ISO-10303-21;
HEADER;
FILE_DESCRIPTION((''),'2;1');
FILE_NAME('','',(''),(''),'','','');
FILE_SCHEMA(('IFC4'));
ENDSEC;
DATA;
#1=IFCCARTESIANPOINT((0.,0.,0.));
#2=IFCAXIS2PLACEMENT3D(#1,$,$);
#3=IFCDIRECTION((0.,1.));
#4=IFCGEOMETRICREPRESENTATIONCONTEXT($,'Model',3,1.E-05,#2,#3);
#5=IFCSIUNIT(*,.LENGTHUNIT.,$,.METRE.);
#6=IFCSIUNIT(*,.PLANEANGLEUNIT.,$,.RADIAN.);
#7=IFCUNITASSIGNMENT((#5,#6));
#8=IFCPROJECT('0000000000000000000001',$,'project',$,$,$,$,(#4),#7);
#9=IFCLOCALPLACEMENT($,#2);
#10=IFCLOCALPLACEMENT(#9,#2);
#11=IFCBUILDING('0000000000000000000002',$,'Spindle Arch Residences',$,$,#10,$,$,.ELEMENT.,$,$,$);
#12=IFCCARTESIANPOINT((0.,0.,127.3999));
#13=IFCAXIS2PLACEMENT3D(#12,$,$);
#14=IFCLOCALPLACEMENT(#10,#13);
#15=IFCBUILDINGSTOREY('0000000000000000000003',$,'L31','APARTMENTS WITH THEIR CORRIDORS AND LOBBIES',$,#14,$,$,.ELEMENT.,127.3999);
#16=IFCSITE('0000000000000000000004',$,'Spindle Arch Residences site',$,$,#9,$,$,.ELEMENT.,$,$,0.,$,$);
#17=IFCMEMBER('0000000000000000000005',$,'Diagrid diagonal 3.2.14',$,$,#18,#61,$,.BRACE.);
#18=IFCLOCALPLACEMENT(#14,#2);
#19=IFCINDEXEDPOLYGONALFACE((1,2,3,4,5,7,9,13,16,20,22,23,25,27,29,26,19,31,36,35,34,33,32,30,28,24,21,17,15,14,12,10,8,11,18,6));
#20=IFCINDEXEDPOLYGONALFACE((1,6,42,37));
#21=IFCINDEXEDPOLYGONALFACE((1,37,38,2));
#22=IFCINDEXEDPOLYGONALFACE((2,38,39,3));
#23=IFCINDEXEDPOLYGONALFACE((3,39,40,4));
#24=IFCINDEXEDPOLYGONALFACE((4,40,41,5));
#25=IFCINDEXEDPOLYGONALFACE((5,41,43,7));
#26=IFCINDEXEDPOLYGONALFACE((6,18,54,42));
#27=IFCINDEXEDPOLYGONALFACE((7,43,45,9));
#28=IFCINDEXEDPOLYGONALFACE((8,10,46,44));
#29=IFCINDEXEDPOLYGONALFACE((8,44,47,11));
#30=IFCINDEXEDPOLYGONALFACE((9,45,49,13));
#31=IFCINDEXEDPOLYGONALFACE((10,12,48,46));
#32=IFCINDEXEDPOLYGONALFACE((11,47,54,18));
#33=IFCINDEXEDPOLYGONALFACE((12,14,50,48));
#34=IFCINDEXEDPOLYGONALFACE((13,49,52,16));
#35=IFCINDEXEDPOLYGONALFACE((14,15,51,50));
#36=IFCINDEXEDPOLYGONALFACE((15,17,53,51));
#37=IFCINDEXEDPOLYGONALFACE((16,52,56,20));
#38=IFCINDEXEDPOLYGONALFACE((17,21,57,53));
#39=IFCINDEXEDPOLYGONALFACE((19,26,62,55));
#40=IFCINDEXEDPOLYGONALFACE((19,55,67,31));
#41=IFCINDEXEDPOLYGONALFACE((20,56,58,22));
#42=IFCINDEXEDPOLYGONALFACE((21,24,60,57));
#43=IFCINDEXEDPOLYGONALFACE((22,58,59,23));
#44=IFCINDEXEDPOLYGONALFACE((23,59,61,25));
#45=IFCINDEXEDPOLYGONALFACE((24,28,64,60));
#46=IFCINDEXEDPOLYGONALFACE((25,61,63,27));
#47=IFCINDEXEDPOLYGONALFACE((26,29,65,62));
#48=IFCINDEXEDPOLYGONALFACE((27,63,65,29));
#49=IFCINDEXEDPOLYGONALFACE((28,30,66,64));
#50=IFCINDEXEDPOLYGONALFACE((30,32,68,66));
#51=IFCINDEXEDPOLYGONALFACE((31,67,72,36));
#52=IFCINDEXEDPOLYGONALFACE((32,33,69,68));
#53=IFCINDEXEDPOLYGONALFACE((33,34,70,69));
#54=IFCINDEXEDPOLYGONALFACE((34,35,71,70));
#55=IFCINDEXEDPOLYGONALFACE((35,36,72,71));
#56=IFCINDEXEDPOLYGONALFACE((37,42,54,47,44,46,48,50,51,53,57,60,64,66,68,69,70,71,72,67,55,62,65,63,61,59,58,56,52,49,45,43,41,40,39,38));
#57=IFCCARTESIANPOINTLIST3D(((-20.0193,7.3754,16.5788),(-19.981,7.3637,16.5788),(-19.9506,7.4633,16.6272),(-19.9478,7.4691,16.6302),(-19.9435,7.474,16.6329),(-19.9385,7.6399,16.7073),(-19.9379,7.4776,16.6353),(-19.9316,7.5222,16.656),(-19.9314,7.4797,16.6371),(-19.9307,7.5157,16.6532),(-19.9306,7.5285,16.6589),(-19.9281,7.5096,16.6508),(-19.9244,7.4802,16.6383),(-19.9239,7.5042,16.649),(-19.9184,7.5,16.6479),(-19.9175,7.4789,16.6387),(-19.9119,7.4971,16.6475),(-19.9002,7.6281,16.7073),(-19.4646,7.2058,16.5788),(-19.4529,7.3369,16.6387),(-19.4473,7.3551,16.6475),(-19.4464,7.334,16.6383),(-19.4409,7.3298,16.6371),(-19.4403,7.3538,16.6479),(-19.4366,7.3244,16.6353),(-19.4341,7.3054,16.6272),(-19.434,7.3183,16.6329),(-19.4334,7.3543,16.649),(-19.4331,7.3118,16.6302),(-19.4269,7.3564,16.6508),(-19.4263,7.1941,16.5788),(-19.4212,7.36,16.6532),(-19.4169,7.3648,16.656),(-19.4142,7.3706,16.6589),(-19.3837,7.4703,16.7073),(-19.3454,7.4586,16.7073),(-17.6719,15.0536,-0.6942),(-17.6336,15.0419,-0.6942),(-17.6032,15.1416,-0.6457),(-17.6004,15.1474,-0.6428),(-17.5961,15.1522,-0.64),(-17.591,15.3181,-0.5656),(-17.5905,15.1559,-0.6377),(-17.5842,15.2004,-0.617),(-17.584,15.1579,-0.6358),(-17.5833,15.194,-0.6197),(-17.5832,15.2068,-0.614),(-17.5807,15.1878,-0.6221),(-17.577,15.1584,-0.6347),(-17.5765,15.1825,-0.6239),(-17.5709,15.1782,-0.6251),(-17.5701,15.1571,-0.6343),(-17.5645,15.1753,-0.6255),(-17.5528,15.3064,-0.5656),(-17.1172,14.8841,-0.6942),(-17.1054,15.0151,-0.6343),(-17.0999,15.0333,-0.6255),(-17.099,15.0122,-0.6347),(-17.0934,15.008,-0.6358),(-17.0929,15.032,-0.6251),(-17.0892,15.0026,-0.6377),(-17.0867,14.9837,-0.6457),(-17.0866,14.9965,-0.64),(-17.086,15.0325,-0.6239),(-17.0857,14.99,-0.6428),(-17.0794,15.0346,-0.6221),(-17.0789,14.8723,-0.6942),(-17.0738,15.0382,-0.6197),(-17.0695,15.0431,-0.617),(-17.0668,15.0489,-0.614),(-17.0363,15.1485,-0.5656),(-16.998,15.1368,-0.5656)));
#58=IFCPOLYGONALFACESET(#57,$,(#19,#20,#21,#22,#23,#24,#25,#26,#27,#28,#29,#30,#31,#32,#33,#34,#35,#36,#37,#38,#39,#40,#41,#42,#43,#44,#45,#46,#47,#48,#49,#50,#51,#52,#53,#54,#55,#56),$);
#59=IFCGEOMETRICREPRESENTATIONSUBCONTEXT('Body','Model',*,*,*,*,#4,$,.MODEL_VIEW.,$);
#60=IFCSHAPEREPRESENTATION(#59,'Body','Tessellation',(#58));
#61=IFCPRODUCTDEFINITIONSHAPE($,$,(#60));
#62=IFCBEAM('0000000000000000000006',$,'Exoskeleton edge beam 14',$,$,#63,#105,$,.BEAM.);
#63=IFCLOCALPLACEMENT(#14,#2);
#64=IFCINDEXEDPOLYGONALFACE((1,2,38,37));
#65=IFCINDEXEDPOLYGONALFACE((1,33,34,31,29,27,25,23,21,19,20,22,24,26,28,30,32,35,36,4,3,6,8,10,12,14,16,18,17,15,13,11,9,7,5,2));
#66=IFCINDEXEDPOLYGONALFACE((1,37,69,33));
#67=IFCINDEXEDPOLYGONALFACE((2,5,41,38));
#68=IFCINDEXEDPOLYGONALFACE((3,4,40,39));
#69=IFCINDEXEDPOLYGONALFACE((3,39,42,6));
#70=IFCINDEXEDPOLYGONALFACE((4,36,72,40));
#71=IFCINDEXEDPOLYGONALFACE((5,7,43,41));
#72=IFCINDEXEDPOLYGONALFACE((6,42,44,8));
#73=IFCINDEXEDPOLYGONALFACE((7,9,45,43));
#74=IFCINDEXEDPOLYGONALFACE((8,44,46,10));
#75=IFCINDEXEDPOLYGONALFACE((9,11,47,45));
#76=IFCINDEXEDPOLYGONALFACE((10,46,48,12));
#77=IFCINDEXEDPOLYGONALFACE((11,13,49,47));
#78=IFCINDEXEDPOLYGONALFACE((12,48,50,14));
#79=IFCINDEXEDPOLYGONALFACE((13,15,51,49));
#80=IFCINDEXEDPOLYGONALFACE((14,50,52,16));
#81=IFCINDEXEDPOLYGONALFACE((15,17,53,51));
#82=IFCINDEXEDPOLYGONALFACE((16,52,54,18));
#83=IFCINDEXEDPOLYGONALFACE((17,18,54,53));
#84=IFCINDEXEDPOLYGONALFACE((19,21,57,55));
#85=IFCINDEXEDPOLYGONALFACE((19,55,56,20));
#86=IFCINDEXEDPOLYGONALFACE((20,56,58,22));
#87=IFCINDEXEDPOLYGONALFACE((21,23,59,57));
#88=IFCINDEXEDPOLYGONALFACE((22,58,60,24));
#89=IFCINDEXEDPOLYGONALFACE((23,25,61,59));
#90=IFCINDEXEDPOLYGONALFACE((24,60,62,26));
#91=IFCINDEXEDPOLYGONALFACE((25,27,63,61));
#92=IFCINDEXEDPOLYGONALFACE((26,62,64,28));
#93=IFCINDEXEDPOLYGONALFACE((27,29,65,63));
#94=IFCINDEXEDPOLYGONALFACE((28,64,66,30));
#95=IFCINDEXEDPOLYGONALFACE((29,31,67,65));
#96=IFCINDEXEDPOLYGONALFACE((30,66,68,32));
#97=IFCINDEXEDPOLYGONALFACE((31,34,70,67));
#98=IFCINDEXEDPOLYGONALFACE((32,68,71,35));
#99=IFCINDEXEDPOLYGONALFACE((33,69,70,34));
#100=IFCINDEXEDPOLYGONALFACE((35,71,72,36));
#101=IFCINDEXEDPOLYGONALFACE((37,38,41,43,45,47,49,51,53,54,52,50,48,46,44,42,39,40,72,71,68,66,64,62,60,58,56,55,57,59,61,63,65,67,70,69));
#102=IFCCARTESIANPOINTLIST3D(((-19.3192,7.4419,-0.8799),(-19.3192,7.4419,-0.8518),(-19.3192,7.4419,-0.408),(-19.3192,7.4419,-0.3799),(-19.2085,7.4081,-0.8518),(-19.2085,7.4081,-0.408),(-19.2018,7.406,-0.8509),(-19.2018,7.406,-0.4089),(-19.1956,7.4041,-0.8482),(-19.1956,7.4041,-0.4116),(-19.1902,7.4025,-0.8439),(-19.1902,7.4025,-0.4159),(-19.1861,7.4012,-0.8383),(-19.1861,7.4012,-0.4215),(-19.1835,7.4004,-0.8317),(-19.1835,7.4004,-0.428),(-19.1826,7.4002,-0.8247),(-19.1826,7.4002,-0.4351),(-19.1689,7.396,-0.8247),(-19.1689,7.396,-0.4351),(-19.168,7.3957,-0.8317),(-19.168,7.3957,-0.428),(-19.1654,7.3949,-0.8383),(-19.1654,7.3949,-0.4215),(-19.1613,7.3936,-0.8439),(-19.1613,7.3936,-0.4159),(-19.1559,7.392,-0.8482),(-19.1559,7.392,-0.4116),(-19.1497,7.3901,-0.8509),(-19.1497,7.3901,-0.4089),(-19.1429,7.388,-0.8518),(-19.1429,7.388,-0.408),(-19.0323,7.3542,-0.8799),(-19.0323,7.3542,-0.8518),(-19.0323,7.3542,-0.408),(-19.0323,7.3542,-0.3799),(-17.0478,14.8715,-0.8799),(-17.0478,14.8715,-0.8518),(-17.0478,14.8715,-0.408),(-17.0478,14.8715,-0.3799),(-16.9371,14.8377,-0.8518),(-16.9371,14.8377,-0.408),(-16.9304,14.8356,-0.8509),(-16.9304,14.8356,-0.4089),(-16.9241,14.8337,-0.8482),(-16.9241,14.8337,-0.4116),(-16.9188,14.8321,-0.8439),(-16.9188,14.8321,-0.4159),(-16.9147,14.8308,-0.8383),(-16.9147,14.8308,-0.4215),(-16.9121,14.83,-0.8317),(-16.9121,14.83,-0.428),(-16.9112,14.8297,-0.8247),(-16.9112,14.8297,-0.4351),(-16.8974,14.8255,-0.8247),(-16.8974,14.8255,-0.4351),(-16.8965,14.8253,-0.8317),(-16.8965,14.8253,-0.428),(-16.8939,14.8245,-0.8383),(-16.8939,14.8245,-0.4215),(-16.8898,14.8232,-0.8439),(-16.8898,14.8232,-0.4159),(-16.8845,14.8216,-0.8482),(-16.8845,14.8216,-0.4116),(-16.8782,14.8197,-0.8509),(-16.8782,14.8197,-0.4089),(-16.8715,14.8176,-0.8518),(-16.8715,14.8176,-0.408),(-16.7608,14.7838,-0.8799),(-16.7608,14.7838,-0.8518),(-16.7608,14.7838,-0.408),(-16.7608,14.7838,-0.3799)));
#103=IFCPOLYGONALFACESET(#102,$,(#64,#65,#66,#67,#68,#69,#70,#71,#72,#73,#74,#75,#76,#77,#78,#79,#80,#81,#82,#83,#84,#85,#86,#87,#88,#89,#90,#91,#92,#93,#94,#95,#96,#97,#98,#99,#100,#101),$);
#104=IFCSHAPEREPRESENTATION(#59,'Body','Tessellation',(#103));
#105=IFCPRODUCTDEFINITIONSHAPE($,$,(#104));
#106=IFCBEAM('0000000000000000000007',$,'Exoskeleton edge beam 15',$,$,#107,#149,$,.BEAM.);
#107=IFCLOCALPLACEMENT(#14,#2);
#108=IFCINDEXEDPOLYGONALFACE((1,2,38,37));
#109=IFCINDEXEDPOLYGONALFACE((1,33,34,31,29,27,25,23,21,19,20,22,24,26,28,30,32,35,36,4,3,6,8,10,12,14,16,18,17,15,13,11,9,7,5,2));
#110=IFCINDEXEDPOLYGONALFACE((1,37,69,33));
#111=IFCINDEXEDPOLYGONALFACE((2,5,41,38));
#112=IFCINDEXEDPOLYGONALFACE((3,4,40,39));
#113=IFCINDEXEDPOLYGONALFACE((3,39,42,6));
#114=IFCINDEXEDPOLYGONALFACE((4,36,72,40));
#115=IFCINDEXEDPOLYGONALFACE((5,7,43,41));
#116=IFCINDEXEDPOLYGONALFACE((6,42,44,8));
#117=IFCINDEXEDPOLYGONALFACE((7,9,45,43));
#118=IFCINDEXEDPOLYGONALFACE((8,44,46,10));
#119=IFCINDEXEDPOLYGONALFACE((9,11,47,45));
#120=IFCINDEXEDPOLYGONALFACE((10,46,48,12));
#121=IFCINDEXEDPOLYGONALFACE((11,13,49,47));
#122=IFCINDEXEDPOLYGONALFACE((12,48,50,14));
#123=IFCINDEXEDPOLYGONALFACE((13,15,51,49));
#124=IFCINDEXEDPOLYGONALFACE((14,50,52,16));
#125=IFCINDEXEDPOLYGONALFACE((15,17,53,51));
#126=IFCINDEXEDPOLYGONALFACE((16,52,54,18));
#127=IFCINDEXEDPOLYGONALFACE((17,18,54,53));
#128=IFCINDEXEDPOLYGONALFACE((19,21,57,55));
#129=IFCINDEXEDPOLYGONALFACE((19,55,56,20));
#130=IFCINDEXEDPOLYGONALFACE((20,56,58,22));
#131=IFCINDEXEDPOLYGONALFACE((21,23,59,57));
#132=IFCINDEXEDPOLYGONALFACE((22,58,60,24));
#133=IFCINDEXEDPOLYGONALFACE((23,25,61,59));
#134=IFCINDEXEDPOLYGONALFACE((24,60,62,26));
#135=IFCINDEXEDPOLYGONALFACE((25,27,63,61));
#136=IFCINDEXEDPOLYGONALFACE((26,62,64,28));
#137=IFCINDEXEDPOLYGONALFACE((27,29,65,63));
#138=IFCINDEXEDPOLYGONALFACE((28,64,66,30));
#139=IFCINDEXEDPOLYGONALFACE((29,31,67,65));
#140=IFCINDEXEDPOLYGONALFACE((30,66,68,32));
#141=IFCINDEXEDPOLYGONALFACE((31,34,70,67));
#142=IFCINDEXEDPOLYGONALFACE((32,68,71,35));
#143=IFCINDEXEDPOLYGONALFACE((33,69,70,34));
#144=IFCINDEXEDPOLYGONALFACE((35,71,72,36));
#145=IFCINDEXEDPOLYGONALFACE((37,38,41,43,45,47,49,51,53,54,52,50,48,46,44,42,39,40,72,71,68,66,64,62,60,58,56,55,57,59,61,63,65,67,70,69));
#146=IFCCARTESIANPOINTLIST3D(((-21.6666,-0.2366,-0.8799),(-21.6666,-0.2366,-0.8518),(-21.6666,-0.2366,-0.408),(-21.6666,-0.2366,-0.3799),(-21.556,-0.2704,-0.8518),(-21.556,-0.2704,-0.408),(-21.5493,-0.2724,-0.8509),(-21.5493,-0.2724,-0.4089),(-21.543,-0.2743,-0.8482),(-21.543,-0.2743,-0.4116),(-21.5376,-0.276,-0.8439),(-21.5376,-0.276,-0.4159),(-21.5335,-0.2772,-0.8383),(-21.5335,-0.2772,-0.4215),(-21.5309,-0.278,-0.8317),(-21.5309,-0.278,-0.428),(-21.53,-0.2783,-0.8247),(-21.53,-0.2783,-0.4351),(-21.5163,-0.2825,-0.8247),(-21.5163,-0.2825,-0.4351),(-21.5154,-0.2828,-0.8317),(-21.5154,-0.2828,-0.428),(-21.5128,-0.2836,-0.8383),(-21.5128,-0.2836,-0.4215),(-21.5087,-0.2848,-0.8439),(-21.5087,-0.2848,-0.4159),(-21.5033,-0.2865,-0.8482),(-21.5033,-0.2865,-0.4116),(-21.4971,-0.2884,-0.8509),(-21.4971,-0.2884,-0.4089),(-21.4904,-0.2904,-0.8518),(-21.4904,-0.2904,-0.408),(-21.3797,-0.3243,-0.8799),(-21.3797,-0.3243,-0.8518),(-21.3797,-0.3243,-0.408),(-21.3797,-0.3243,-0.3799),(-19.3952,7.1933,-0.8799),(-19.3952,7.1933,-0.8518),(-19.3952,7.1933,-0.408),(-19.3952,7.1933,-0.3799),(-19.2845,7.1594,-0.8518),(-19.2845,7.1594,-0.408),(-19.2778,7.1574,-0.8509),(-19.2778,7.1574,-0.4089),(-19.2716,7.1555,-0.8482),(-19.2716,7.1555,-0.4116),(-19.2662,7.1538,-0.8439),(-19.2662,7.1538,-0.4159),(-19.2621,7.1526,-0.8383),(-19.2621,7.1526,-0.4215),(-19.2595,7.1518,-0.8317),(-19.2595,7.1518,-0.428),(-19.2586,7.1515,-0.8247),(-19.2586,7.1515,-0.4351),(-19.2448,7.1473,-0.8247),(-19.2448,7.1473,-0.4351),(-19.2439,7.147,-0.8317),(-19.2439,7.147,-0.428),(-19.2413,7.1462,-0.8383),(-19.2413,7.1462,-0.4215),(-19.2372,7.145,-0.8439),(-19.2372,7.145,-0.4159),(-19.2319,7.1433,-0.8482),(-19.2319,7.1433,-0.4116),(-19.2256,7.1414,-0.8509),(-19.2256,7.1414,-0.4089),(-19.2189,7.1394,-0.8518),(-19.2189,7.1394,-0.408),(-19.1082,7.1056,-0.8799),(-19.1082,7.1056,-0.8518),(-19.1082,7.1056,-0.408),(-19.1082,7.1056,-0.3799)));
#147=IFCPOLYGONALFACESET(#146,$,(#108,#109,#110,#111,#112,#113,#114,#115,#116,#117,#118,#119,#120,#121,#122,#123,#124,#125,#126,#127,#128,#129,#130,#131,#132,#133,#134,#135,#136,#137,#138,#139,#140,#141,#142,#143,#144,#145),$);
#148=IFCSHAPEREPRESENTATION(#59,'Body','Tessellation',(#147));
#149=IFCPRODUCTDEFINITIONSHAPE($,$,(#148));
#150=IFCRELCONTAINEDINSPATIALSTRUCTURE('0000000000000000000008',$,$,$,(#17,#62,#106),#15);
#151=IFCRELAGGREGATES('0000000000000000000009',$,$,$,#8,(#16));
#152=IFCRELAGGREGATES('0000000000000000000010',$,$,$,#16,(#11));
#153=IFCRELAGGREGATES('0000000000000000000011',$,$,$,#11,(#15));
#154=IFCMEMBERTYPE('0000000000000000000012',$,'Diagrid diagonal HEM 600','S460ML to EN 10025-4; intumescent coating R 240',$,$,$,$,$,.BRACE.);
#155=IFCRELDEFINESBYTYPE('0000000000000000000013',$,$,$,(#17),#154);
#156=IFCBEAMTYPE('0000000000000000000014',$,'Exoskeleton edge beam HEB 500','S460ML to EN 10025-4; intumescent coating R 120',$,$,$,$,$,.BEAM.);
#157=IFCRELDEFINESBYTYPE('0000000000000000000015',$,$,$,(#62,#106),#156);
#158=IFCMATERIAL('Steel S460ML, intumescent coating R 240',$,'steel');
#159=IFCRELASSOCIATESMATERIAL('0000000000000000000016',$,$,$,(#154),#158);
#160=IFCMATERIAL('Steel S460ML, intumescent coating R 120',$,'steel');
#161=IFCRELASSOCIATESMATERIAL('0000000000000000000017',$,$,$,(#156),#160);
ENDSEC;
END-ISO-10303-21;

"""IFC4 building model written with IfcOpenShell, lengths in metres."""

from ifc_helpers import new_model, si_unit, direction, frame, origin, origin_2d, place, context, subcontext, project, spatial, i_section, extrude, material, material_profile, profile_set, type_object, element, save


model = new_model("IFC4")

# Units and contexts
model_context = context("Model", 3, precision=1e-05, world=origin(), true_north=direction((0.0, 1.0)))
body_context = subcontext(model_context, "Body", "Model", "MODEL_VIEW")
ifc_project = project(units=[si_unit("LENGTHUNIT", "METRE"), si_unit("PLANEANGLEUNIT", "RADIAN")], contexts=[model_context])

# Site, building, storey
site_placement = place(None, origin())
site = spatial("IfcSite", under=ifc_project, at=site_placement, Name="Spindle Arch Residences site", CompositionType="ELEMENT", RefElevation=0.0)
building_placement = place(site_placement, origin())
building = spatial("IfcBuilding", under=site, at=building_placement, Name="Spindle Arch Residences", CompositionType="ELEMENT")
storey_placement = place(building_placement, frame((0.0, 0.0, 127.3999)))
storey = spatial("IfcBuildingStorey", under=building, at=storey_placement, Name="L31", Description="APARTMENTS WITH THEIR CORRIDORS AND LOBBIES", CompositionType="ELEMENT", Elevation=127.3999)

# Member
ifc_material_1 = material(Name="Steel S460ML, intumescent coating R 240", Category="steel")
ifc_material_profile_1 = material_profile(ifc_material_1, i_section(OverallWidth=0.3049, OverallDepth=0.6201, WebThickness=0.021, FlangeThickness=0.04, FilletRadius=0.0271, at=origin_2d()), Name="HEM 600")
ifc_profile_set_1 = profile_set([ifc_material_profile_1], Name="Steel S460ML, intumescent coating R 240")
member_type_1 = type_object("IfcMemberType", Name="Diagrid diagonal HEM 600", Description="S460ML to EN 10025-4; intumescent coating R 240", PredefinedType="BRACE", material=ifc_profile_set_1)
for number, where, z_axis, x_axis, name in (
    (1, (-17.335, 15.0952, -0.6299), (-0.123238, -0.403102, 0.906819), (0.265123, 0.867197, 0.42152), "Diagrid diagonal 3.2.14"),
):
    element("IfcMember", number, at=place(storey_placement, frame(where, z_axis=z_axis, x_axis=x_axis)), inside=storey, type_object=member_type_1, Name=name, PredefinedType="BRACE", context=body_context, shape_type="SweptSolid", body=[
        extrude(i_section(OverallWidth=0.3049, OverallDepth=0.6201, WebThickness=0.021, FlangeThickness=0.04, FilletRadius=0.0271, at=origin_2d()), origin(), (0.0, 0.0, 1.0), 19.0479),
    ])

# Beams
ifc_material_2 = material(Name="Steel S460ML, intumescent coating R 120", Category="steel")
ifc_material_profile_2 = material_profile(ifc_material_2, i_section(OverallWidth=0.3, OverallDepth=0.5, WebThickness=0.0144, FlangeThickness=0.0281, FilletRadius=0.0271, at=origin_2d()), Name="HEB 500")
ifc_profile_set_2 = profile_set([ifc_material_profile_2], Name="Steel S460ML, intumescent coating R 120")
beam_type_1 = type_object("IfcBeamType", Name="Exoskeleton edge beam HEB 500", Description="S460ML to EN 10025-4; intumescent coating R 120", PredefinedType="BEAM", material=ifc_profile_set_2)
beam_1_placement = place(storey_placement, frame((-16.9043, 14.8276, -0.6299), z_axis=(-0.292372, -0.956305, 0.0), x_axis=(0.956305, -0.292372, 0.0)))
element("IfcBeam", 2, at=beam_1_placement, inside=storey, type_object=beam_type_1, Name="Exoskeleton edge beam 14", PredefinedType="BEAM", context=body_context, shape_type="SweptSolid", body=[
    extrude(i_section(OverallWidth=0.3, OverallDepth=0.5, WebThickness=0.0144, FlangeThickness=0.0281, FilletRadius=0.0271, at=origin_2d()), origin(), (0.0, 0.0, 1.0), 7.769),
])
beam_2_placement = place(storey_placement, frame((-19.2517, 7.1494, -0.6299), z_axis=(-0.292363, -0.956307, 0.0), x_axis=(0.956307, -0.292363, 0.0)))
element("IfcBeam", 3, at=beam_2_placement, inside=storey, type_object=beam_type_1, Name="Exoskeleton edge beam 15", PredefinedType="BEAM", context=body_context, shape_type="SweptSolid", body=[
    extrude(i_section(OverallWidth=0.3, OverallDepth=0.5, WebThickness=0.0144, FlangeThickness=0.0281, FilletRadius=0.0271, at=origin_2d()), origin(), (0.0, 0.0, 1.0), 7.7693),
])

save(model, "model.ifc")
